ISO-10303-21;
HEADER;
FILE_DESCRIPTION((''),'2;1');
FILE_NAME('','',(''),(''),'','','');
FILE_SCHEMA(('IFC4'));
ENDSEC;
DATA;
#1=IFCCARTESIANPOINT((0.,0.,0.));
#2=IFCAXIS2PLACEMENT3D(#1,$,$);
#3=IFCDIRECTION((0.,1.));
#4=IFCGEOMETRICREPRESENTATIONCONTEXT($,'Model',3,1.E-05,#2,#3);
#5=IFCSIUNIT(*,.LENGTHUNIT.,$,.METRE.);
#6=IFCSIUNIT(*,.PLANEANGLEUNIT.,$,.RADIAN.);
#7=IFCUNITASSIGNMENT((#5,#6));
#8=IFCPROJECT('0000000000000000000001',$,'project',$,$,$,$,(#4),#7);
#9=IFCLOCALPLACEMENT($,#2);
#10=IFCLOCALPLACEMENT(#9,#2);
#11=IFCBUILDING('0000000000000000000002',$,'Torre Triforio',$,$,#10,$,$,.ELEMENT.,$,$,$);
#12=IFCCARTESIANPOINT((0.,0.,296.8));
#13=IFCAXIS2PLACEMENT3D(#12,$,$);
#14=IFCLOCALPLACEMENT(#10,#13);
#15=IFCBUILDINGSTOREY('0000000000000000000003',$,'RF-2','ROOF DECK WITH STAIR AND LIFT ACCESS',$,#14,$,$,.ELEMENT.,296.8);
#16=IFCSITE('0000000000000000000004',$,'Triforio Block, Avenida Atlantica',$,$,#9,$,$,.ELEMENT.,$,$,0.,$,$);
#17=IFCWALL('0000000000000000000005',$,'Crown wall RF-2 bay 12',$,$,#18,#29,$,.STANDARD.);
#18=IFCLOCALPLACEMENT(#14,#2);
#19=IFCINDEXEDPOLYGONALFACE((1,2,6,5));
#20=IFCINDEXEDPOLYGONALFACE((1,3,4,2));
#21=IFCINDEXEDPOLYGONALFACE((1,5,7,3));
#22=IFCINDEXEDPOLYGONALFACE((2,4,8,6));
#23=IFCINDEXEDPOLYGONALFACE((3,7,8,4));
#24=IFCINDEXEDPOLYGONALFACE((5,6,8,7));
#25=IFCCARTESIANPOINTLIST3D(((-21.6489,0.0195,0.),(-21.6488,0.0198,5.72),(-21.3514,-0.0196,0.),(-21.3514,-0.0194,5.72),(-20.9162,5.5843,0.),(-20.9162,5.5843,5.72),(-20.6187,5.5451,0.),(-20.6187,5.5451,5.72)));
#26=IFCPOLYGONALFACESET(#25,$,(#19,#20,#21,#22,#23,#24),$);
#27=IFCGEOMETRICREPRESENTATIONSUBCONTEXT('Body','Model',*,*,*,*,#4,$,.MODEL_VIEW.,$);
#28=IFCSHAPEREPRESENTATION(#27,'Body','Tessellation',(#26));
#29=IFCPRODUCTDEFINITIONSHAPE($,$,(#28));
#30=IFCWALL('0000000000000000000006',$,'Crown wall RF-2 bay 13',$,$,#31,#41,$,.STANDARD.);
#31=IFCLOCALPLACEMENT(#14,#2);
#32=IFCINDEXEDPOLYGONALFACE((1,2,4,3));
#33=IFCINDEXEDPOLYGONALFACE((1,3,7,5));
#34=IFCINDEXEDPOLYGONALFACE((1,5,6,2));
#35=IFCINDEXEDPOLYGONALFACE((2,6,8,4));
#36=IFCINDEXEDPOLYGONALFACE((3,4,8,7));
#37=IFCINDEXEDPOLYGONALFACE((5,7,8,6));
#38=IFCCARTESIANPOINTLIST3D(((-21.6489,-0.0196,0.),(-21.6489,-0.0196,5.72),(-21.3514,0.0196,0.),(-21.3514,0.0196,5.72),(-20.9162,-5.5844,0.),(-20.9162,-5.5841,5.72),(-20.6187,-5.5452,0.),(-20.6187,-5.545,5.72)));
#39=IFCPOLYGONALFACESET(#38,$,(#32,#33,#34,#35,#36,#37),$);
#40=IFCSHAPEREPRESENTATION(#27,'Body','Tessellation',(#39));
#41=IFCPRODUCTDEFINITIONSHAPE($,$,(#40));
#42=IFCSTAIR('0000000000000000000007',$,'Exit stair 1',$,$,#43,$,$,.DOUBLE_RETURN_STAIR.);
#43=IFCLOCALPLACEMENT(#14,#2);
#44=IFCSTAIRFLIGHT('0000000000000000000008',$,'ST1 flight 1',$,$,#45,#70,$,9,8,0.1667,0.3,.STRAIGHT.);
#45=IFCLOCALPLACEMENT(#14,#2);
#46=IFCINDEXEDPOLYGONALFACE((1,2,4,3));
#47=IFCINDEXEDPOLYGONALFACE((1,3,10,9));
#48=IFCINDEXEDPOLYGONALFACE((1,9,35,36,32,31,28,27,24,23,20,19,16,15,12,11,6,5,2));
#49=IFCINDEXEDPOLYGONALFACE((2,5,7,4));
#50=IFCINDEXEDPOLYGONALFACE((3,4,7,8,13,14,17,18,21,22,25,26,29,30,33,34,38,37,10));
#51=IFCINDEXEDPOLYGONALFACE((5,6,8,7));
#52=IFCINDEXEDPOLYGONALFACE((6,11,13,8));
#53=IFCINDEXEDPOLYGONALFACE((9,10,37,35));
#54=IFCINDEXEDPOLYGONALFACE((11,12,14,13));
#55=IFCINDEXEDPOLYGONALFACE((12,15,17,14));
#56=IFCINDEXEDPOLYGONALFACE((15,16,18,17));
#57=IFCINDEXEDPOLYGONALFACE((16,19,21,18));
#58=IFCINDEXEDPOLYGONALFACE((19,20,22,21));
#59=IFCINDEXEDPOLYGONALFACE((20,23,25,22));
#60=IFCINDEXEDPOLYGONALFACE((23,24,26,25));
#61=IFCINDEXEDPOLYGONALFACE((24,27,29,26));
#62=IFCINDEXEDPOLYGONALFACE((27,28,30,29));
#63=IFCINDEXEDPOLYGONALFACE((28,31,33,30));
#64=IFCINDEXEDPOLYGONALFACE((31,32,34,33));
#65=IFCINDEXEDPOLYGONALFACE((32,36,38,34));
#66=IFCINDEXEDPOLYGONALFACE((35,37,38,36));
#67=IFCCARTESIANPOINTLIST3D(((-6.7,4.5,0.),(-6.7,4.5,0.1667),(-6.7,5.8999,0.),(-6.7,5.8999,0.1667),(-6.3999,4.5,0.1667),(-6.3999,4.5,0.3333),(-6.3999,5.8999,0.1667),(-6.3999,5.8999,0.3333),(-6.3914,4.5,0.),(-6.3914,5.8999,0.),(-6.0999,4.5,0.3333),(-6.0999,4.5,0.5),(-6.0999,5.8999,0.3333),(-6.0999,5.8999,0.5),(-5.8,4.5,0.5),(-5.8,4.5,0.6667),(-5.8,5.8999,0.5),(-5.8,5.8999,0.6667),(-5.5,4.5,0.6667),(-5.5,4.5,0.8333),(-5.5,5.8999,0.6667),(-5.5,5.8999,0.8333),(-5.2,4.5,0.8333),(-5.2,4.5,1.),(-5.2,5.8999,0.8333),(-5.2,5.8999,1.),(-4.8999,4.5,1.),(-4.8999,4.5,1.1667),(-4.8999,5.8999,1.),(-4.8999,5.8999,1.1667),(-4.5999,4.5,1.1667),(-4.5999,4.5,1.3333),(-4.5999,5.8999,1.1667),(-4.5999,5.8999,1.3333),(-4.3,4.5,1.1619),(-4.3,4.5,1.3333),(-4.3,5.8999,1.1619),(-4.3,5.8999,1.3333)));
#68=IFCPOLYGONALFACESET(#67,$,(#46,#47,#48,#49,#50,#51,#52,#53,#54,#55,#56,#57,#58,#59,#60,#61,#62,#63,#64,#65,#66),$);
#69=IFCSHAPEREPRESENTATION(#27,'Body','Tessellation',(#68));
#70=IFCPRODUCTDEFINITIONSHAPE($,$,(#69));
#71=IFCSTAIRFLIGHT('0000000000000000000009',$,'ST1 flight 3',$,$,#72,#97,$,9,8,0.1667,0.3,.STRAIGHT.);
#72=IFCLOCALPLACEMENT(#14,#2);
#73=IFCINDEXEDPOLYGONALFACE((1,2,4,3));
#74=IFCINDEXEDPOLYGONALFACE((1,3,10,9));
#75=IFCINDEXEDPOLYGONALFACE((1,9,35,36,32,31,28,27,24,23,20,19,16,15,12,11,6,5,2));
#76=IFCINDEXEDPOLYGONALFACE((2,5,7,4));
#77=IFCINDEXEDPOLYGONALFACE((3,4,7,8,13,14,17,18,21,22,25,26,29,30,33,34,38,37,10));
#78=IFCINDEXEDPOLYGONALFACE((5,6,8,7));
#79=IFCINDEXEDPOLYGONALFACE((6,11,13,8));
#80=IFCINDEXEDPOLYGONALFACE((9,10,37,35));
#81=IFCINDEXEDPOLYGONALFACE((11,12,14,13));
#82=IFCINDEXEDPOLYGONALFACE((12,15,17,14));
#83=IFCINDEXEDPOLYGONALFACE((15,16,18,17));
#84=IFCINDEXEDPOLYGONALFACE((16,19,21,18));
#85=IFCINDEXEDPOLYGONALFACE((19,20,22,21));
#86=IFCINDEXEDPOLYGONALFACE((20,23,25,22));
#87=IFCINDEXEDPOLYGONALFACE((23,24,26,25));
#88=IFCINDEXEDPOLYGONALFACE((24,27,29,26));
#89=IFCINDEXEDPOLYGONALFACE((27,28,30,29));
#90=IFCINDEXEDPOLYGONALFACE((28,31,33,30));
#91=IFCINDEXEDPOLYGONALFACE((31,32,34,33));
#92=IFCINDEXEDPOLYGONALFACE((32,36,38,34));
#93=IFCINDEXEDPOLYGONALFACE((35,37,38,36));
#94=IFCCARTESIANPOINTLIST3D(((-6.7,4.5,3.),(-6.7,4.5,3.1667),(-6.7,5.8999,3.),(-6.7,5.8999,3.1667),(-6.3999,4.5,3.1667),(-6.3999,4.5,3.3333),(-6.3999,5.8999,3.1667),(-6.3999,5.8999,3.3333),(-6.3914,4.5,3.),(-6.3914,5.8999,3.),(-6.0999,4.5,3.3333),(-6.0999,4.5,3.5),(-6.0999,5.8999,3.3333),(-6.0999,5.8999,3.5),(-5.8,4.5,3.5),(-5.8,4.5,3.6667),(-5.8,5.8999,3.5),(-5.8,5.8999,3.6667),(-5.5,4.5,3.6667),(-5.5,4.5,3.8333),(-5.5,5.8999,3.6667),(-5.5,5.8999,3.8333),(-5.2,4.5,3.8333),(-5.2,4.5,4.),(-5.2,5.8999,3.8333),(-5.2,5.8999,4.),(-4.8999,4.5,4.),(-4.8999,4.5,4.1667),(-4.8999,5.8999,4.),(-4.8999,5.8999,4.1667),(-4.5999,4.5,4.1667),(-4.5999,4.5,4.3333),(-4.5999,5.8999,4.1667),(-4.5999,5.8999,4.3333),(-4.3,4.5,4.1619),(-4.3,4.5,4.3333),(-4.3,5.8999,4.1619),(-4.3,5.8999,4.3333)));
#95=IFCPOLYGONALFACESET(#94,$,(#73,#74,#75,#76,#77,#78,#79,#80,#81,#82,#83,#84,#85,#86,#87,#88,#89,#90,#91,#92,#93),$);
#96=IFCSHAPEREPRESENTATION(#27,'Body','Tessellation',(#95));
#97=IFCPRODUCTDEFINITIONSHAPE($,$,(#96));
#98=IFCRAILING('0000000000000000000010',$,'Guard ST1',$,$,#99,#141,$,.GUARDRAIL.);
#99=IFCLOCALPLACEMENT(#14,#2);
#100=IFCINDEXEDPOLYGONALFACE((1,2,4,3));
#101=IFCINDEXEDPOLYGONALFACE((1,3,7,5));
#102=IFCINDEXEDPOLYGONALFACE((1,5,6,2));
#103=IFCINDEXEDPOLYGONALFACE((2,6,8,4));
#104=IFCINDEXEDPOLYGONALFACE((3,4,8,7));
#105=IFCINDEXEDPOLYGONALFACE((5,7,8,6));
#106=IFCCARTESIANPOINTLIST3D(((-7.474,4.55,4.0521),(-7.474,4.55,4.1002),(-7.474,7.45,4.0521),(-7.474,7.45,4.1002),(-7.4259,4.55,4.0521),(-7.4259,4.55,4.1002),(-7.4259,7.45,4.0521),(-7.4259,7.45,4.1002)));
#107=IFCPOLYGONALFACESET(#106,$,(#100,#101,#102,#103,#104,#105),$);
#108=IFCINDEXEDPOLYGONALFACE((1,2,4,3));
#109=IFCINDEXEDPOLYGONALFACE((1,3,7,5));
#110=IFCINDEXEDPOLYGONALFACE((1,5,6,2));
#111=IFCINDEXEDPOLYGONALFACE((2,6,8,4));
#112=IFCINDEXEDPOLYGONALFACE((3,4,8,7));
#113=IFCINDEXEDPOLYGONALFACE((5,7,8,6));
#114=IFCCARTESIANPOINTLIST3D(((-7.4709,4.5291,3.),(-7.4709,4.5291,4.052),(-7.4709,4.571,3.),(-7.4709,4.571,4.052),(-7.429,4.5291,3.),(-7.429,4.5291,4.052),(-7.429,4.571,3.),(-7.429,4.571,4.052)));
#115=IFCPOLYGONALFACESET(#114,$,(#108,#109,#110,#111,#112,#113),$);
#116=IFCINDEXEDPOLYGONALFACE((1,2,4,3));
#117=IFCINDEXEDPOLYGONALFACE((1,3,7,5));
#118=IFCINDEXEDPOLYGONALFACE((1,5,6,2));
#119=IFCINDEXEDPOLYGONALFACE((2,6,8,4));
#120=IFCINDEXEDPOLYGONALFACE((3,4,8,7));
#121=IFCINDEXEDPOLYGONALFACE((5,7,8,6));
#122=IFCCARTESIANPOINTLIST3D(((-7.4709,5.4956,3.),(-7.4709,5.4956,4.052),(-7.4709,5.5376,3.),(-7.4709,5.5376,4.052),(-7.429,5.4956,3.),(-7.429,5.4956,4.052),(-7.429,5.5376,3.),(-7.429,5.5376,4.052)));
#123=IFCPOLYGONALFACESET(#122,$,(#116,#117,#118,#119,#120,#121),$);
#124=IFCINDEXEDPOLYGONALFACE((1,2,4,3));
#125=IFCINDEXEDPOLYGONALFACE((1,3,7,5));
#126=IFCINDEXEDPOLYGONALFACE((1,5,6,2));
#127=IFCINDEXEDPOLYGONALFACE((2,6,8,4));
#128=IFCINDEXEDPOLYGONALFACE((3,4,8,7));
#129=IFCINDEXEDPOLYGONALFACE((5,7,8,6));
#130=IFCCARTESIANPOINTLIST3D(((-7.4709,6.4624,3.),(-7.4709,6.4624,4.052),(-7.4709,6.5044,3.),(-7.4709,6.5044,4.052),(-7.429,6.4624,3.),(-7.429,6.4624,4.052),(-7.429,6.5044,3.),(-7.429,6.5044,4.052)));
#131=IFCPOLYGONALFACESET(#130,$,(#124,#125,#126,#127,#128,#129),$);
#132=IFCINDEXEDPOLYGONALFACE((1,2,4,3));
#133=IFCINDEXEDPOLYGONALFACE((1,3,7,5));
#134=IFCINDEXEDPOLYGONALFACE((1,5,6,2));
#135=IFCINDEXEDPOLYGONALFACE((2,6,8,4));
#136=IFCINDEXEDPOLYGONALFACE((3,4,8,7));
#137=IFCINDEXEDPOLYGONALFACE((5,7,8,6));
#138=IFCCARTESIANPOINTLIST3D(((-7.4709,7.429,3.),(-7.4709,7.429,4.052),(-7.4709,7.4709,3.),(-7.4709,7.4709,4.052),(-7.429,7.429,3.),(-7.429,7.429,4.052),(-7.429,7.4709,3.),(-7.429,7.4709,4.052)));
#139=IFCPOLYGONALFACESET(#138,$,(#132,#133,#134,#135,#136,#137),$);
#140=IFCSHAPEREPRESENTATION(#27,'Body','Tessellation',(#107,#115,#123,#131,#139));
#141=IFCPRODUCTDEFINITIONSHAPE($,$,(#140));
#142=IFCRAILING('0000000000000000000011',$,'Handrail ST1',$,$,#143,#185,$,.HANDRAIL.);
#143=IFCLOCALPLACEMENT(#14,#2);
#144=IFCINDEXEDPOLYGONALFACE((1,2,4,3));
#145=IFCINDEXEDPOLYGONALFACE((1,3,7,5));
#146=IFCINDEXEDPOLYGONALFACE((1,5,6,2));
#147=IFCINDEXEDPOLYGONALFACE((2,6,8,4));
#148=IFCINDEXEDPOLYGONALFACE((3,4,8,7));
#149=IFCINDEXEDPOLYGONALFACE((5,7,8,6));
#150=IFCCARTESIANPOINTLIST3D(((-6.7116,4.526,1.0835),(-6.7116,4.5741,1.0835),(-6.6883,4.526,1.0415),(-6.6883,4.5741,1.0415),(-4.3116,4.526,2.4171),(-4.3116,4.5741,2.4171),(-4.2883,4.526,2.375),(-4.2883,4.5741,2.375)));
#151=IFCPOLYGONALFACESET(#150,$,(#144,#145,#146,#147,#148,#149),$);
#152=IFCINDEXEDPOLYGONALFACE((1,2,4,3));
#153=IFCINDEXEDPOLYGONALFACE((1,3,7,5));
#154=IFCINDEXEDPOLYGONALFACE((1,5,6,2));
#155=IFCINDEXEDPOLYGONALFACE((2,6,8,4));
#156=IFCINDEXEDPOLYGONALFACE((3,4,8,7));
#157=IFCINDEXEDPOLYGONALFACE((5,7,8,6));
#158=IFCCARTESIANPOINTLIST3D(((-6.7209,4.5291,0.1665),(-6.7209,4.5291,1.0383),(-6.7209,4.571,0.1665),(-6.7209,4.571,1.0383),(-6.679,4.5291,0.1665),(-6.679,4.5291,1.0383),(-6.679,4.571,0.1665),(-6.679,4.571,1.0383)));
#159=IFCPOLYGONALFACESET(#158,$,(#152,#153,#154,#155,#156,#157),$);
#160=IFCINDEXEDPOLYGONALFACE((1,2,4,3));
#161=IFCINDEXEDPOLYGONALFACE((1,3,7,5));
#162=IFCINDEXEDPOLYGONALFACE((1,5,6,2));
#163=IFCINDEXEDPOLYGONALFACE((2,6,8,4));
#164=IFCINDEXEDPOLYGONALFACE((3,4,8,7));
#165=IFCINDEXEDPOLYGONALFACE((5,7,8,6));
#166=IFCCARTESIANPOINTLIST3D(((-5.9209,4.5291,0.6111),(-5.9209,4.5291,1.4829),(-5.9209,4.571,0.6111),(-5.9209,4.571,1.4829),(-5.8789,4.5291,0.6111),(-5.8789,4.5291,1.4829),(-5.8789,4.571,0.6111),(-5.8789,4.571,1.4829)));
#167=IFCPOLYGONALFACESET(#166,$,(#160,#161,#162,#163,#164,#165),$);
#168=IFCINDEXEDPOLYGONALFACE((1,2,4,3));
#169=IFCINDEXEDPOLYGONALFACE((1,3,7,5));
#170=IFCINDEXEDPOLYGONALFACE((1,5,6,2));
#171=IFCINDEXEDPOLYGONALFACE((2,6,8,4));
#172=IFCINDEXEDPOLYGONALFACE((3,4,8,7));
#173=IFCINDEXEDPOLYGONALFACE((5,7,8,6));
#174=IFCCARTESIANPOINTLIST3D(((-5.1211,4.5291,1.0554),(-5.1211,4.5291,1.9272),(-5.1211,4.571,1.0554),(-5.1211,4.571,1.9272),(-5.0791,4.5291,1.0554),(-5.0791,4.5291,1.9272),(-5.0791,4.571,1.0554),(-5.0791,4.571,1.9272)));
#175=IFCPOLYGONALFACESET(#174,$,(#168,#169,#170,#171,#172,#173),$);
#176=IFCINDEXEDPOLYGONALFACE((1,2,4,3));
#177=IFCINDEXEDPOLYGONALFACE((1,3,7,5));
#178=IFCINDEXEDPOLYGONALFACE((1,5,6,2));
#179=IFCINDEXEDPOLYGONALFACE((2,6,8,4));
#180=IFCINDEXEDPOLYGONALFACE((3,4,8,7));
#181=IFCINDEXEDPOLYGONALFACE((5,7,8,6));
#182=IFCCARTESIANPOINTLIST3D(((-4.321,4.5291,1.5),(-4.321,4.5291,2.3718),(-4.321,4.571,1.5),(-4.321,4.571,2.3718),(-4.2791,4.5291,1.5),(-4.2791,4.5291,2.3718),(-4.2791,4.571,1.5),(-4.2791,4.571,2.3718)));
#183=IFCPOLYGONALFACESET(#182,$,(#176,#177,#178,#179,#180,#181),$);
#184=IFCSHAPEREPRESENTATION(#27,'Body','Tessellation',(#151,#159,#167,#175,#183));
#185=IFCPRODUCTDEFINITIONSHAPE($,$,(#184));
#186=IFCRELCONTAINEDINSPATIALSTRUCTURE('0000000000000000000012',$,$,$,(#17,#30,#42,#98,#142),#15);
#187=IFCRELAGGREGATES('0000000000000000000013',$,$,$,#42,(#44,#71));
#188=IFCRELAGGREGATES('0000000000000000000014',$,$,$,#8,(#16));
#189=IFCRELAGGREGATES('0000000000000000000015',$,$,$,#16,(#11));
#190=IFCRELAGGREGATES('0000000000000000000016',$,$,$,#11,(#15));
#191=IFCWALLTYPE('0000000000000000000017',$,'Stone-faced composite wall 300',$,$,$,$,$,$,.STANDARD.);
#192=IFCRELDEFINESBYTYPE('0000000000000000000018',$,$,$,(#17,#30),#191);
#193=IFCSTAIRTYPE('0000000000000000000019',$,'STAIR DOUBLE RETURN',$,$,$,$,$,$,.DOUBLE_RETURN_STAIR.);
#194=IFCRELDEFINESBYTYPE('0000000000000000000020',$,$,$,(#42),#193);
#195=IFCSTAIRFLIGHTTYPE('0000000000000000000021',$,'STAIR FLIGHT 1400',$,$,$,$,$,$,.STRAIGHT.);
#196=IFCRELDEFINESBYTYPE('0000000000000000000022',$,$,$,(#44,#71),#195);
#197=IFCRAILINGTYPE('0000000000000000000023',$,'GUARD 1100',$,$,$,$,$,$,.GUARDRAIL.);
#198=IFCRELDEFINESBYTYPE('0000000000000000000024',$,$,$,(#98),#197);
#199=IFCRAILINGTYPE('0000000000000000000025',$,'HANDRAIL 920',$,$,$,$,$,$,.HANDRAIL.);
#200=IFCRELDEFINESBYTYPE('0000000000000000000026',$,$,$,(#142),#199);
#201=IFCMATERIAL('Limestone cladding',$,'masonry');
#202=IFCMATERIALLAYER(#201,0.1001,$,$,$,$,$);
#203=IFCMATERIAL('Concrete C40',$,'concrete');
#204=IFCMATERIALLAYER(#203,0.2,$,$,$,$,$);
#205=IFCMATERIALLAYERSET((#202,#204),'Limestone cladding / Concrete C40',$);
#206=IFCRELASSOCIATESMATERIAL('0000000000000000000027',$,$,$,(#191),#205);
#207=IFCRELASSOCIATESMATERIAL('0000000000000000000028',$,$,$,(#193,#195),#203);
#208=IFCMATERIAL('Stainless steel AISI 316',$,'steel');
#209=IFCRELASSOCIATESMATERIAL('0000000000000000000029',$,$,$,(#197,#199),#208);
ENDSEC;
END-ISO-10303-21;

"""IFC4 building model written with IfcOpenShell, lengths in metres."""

from ifc_helpers import new_model, si_unit, direction, frame, origin, origin_2d, place, context, subcontext, project, spatial, polyline, rectangle, outline, extrude, material, layer, layer_set, type_object, element, aggregate, save


model = new_model("IFC4")

# Units and contexts
model_context = context("Model", 3, precision=1e-05, world=origin(), true_north=direction((0.0, 1.0)))
body_context = subcontext(model_context, "Body", "Model", "MODEL_VIEW")
ifc_project = project(units=[si_unit("LENGTHUNIT", "METRE"), si_unit("PLANEANGLEUNIT", "RADIAN")], contexts=[model_context])

# Site, building, storey
site_placement = place(None, origin())
site = spatial("IfcSite", under=ifc_project, at=site_placement, Name="Triforio Block, Avenida Atlantica", CompositionType="ELEMENT", RefElevation=0.0)
building_placement = place(site_placement, origin())
building = spatial("IfcBuilding", under=site, at=building_placement, Name="Torre Triforio", CompositionType="ELEMENT")
storey_placement = place(building_placement, frame((0.0, 0.0, 296.8)))
storey = spatial("IfcBuildingStorey", under=building, at=storey_placement, Name="RF-2", Description="ROOF DECK WITH STAIR AND LIFT ACCESS", CompositionType="ELEMENT", Elevation=296.8)

# Shared definitions
ifc_material_1 = material(Name="Concrete C40", Category="concrete")

# Walls
ifc_material_2 = material(Name="Limestone cladding", Category="masonry")
ifc_layer_1 = layer(ifc_material_2, 0.1001)
ifc_layer_2 = layer(ifc_material_1, 0.2)
ifc_layer_set_1 = layer_set([ifc_layer_1, ifc_layer_2], Name="Limestone cladding / Concrete C40")
wall_type_1 = type_object("IfcWallType", Name="Stone-faced composite wall 300", PredefinedType="STANDARD", material=ifc_layer_set_1)
for number, where, z_axis, x_axis, name in (
    (1, (-20.7673, 5.5647, 0.0), (0.0, 0.0, 1.0), (-0.130537, -0.991443, 0.0), "Crown wall RF-2 bay 12"),
    (2, (-21.5, 0.0, 0.0), (0.0, 0.0, 1.0), (0.130537, -0.991443, 0.0), "Crown wall RF-2 bay 13"),
):
    element("IfcWall", number, at=place(storey_placement, frame(where, z_axis=z_axis, x_axis=x_axis)), inside=storey, type_object=wall_type_1, Name=name, PredefinedType="STANDARD", context=body_context, shape_type="SweptSolid", body=[
        extrude(outline(polyline([(0.0, 0.0), (5.6128, 0.0), (5.6125, 5.72), (0.0, 5.72), (0.0, 0.0)])), frame((0.0, 0.1499, 0.0), z_axis=(0.0, -1.0, 0.0), x_axis=(1.0, 0.0, 0.0)), (0.0, 0.0, 1.0), 0.3),
    ])

# Stair, stair flights
stair_type = type_object("IfcStairType", Name="STAIR DOUBLE RETURN", PredefinedType="DOUBLE_RETURN_STAIR", material=ifc_material_1)
stair_placement = place(storey_placement, origin())
stair = element("IfcStair", 3, at=stair_placement, inside=storey, type_object=stair_type, Name="Exit stair 1", PredefinedType="DOUBLE_RETURN_STAIR")
stair_flight_type = type_object("IfcStairFlightType", Name="STAIR FLIGHT 1400", PredefinedType="STRAIGHT", material=ifc_material_1)
stair_flight_1_placement = place(storey_placement, frame((-6.7, 5.2, 0.0), z_axis=(0.0, 0.0, 1.0), x_axis=(1.0, 0.0, 0.0)))
stair_flight_1 = element("IfcStairFlight", 4, at=stair_flight_1_placement, type_object=stair_flight_type, Name="ST1 flight 1", NumberOfRisers=9, NumberOfTreads=8, PredefinedType="STRAIGHT", RiserHeight=0.1667, TreadLength=0.3, context=body_context, shape_type="SweptSolid", body=[
    extrude(outline(polyline([(0.0, 0.0), (0.0, 0.1667), (0.3, 0.1667), (0.3, 0.3333), (0.6001, 0.3333), (0.6001, 0.5), (0.8999, 0.5), (0.8999, 0.6667), (1.2, 0.6667), (1.2, 0.8333), (1.5, 0.8333), (1.5, 1.0), (1.8, 1.0), (1.8, 1.1667), (2.1001, 1.1667), (2.1001, 1.3333), (2.3999, 1.3333), (2.3999, 1.5), (2.3999, 1.1619), (0.3086, 0.0), (0.0, 0.0)])), frame((0.0, 0.7, 0.0), z_axis=(0.0, -1.0, 0.0), x_axis=(1.0, 0.0, 0.0)), (0.0, 0.0, 1.0), 1.3999),
])
stair_flight_2_placement = place(storey_placement, frame((-6.7, 5.2, 3.0), z_axis=(0.0, 0.0, 1.0), x_axis=(1.0, 0.0, 0.0)))
stair_flight_2 = element("IfcStairFlight", 5, at=stair_flight_2_placement, type_object=stair_flight_type, Name="ST1 flight 3", NumberOfRisers=9, NumberOfTreads=8, PredefinedType="STRAIGHT", RiserHeight=0.1667, TreadLength=0.3, context=body_context, shape_type="SweptSolid", body=[
    extrude(outline(polyline([(0.0, 0.0), (0.0, 0.1667), (0.3, 0.1667), (0.3, 0.3333), (0.6001, 0.3333), (0.6001, 0.5), (0.8999, 0.5), (0.8999, 0.6667), (1.2, 0.6667), (1.2, 0.8333), (1.5, 0.8333), (1.5, 1.0), (1.8, 1.0), (1.8, 1.1667), (2.1001, 1.1667), (2.1001, 1.3333), (2.3999, 1.3333), (2.3999, 1.5), (2.3999, 1.1619), (0.3086, 0.0), (0.0, 0.0)])), frame((0.0, 0.7, 0.0), z_axis=(0.0, -1.0, 0.0), x_axis=(1.0, 0.0, 0.0)), (0.0, 0.0, 1.0), 1.3999),
])
aggregate(stair, [stair_flight_1, stair_flight_2])

# Railings
ifc_material_3 = material(Name="Stainless steel AISI 316", Category="steel")
railing_type_1 = type_object("IfcRailingType", Name="GUARD 1100", PredefinedType="GUARDRAIL", material=ifc_material_3)
railing_1_placement = place(storey_placement, frame((-7.45, 4.55, 3.0)))
element("IfcRailing", 6, at=railing_1_placement, inside=storey, type_object=railing_type_1, Name="Guard ST1", PredefinedType="GUARDRAIL", context=body_context, shape_type="SweptSolid", body=[
    extrude(rectangle(XDim=0.0481, YDim=0.0481, at=origin_2d()), frame((0.0, 0.0, 1.0762), z_axis=(0.0, 1.0, 0.0), x_axis=(-1.0, 0.0, 0.0)), (0.0, 0.0, 1.0), 2.8999),
    extrude(rectangle(XDim=0.042, YDim=0.042, at=origin_2d()), origin(), (0.0, 0.0, 1.0), 1.052),
    extrude(rectangle(XDim=0.042, YDim=0.042, at=origin_2d()), frame((0.0, 0.9666, 0.0)), (0.0, 0.0, 1.0), 1.052),
    extrude(rectangle(XDim=0.042, YDim=0.042, at=origin_2d()), frame((0.0, 1.9333, 0.0)), (0.0, 0.0, 1.0), 1.052),
    extrude(rectangle(XDim=0.042, YDim=0.042, at=origin_2d()), frame((0.0, 2.8999, 0.0)), (0.0, 0.0, 1.0), 1.052),
])
railing_type_2 = type_object("IfcRailingType", Name="HANDRAIL 920", PredefinedType="HANDRAIL", material=ifc_material_3)
for number, where, name in (
    (7, (-6.7, 4.55, 0.1665), "Handrail ST1"),
):
    element("IfcRailing", number, at=place(storey_placement, frame(where)), inside=storey, type_object=railing_type_2, Name=name, PredefinedType="HANDRAIL", context=body_context, shape_type="SweptSolid", body=[
        extrude(rectangle(XDim=0.0481, YDim=0.0481, at=origin_2d()), frame((0.0, 0.0, 0.896), z_axis=(0.874124, 0.0, 0.485703), x_axis=(0.0, 1.0, 0.0)), (0.0, 0.0, 1.0), 2.7456),
        extrude(rectangle(XDim=0.042, YDim=0.042, at=origin_2d()), origin(), (0.0, 0.0, 1.0), 0.8718),
        extrude(rectangle(XDim=0.042, YDim=0.042, at=origin_2d()), frame((0.8, 0.0, 0.4446)), (0.0, 0.0, 1.0), 0.8718),
        extrude(rectangle(XDim=0.042, YDim=0.042, at=origin_2d()), frame((1.5999, 0.0, 0.8889)), (0.0, 0.0, 1.0), 0.8718),
        extrude(rectangle(XDim=0.042, YDim=0.042, at=origin_2d()), frame((2.3999, 0.0, 1.3335)), (0.0, 0.0, 1.0), 0.8718),
    ])

save(model, "model.ifc")
